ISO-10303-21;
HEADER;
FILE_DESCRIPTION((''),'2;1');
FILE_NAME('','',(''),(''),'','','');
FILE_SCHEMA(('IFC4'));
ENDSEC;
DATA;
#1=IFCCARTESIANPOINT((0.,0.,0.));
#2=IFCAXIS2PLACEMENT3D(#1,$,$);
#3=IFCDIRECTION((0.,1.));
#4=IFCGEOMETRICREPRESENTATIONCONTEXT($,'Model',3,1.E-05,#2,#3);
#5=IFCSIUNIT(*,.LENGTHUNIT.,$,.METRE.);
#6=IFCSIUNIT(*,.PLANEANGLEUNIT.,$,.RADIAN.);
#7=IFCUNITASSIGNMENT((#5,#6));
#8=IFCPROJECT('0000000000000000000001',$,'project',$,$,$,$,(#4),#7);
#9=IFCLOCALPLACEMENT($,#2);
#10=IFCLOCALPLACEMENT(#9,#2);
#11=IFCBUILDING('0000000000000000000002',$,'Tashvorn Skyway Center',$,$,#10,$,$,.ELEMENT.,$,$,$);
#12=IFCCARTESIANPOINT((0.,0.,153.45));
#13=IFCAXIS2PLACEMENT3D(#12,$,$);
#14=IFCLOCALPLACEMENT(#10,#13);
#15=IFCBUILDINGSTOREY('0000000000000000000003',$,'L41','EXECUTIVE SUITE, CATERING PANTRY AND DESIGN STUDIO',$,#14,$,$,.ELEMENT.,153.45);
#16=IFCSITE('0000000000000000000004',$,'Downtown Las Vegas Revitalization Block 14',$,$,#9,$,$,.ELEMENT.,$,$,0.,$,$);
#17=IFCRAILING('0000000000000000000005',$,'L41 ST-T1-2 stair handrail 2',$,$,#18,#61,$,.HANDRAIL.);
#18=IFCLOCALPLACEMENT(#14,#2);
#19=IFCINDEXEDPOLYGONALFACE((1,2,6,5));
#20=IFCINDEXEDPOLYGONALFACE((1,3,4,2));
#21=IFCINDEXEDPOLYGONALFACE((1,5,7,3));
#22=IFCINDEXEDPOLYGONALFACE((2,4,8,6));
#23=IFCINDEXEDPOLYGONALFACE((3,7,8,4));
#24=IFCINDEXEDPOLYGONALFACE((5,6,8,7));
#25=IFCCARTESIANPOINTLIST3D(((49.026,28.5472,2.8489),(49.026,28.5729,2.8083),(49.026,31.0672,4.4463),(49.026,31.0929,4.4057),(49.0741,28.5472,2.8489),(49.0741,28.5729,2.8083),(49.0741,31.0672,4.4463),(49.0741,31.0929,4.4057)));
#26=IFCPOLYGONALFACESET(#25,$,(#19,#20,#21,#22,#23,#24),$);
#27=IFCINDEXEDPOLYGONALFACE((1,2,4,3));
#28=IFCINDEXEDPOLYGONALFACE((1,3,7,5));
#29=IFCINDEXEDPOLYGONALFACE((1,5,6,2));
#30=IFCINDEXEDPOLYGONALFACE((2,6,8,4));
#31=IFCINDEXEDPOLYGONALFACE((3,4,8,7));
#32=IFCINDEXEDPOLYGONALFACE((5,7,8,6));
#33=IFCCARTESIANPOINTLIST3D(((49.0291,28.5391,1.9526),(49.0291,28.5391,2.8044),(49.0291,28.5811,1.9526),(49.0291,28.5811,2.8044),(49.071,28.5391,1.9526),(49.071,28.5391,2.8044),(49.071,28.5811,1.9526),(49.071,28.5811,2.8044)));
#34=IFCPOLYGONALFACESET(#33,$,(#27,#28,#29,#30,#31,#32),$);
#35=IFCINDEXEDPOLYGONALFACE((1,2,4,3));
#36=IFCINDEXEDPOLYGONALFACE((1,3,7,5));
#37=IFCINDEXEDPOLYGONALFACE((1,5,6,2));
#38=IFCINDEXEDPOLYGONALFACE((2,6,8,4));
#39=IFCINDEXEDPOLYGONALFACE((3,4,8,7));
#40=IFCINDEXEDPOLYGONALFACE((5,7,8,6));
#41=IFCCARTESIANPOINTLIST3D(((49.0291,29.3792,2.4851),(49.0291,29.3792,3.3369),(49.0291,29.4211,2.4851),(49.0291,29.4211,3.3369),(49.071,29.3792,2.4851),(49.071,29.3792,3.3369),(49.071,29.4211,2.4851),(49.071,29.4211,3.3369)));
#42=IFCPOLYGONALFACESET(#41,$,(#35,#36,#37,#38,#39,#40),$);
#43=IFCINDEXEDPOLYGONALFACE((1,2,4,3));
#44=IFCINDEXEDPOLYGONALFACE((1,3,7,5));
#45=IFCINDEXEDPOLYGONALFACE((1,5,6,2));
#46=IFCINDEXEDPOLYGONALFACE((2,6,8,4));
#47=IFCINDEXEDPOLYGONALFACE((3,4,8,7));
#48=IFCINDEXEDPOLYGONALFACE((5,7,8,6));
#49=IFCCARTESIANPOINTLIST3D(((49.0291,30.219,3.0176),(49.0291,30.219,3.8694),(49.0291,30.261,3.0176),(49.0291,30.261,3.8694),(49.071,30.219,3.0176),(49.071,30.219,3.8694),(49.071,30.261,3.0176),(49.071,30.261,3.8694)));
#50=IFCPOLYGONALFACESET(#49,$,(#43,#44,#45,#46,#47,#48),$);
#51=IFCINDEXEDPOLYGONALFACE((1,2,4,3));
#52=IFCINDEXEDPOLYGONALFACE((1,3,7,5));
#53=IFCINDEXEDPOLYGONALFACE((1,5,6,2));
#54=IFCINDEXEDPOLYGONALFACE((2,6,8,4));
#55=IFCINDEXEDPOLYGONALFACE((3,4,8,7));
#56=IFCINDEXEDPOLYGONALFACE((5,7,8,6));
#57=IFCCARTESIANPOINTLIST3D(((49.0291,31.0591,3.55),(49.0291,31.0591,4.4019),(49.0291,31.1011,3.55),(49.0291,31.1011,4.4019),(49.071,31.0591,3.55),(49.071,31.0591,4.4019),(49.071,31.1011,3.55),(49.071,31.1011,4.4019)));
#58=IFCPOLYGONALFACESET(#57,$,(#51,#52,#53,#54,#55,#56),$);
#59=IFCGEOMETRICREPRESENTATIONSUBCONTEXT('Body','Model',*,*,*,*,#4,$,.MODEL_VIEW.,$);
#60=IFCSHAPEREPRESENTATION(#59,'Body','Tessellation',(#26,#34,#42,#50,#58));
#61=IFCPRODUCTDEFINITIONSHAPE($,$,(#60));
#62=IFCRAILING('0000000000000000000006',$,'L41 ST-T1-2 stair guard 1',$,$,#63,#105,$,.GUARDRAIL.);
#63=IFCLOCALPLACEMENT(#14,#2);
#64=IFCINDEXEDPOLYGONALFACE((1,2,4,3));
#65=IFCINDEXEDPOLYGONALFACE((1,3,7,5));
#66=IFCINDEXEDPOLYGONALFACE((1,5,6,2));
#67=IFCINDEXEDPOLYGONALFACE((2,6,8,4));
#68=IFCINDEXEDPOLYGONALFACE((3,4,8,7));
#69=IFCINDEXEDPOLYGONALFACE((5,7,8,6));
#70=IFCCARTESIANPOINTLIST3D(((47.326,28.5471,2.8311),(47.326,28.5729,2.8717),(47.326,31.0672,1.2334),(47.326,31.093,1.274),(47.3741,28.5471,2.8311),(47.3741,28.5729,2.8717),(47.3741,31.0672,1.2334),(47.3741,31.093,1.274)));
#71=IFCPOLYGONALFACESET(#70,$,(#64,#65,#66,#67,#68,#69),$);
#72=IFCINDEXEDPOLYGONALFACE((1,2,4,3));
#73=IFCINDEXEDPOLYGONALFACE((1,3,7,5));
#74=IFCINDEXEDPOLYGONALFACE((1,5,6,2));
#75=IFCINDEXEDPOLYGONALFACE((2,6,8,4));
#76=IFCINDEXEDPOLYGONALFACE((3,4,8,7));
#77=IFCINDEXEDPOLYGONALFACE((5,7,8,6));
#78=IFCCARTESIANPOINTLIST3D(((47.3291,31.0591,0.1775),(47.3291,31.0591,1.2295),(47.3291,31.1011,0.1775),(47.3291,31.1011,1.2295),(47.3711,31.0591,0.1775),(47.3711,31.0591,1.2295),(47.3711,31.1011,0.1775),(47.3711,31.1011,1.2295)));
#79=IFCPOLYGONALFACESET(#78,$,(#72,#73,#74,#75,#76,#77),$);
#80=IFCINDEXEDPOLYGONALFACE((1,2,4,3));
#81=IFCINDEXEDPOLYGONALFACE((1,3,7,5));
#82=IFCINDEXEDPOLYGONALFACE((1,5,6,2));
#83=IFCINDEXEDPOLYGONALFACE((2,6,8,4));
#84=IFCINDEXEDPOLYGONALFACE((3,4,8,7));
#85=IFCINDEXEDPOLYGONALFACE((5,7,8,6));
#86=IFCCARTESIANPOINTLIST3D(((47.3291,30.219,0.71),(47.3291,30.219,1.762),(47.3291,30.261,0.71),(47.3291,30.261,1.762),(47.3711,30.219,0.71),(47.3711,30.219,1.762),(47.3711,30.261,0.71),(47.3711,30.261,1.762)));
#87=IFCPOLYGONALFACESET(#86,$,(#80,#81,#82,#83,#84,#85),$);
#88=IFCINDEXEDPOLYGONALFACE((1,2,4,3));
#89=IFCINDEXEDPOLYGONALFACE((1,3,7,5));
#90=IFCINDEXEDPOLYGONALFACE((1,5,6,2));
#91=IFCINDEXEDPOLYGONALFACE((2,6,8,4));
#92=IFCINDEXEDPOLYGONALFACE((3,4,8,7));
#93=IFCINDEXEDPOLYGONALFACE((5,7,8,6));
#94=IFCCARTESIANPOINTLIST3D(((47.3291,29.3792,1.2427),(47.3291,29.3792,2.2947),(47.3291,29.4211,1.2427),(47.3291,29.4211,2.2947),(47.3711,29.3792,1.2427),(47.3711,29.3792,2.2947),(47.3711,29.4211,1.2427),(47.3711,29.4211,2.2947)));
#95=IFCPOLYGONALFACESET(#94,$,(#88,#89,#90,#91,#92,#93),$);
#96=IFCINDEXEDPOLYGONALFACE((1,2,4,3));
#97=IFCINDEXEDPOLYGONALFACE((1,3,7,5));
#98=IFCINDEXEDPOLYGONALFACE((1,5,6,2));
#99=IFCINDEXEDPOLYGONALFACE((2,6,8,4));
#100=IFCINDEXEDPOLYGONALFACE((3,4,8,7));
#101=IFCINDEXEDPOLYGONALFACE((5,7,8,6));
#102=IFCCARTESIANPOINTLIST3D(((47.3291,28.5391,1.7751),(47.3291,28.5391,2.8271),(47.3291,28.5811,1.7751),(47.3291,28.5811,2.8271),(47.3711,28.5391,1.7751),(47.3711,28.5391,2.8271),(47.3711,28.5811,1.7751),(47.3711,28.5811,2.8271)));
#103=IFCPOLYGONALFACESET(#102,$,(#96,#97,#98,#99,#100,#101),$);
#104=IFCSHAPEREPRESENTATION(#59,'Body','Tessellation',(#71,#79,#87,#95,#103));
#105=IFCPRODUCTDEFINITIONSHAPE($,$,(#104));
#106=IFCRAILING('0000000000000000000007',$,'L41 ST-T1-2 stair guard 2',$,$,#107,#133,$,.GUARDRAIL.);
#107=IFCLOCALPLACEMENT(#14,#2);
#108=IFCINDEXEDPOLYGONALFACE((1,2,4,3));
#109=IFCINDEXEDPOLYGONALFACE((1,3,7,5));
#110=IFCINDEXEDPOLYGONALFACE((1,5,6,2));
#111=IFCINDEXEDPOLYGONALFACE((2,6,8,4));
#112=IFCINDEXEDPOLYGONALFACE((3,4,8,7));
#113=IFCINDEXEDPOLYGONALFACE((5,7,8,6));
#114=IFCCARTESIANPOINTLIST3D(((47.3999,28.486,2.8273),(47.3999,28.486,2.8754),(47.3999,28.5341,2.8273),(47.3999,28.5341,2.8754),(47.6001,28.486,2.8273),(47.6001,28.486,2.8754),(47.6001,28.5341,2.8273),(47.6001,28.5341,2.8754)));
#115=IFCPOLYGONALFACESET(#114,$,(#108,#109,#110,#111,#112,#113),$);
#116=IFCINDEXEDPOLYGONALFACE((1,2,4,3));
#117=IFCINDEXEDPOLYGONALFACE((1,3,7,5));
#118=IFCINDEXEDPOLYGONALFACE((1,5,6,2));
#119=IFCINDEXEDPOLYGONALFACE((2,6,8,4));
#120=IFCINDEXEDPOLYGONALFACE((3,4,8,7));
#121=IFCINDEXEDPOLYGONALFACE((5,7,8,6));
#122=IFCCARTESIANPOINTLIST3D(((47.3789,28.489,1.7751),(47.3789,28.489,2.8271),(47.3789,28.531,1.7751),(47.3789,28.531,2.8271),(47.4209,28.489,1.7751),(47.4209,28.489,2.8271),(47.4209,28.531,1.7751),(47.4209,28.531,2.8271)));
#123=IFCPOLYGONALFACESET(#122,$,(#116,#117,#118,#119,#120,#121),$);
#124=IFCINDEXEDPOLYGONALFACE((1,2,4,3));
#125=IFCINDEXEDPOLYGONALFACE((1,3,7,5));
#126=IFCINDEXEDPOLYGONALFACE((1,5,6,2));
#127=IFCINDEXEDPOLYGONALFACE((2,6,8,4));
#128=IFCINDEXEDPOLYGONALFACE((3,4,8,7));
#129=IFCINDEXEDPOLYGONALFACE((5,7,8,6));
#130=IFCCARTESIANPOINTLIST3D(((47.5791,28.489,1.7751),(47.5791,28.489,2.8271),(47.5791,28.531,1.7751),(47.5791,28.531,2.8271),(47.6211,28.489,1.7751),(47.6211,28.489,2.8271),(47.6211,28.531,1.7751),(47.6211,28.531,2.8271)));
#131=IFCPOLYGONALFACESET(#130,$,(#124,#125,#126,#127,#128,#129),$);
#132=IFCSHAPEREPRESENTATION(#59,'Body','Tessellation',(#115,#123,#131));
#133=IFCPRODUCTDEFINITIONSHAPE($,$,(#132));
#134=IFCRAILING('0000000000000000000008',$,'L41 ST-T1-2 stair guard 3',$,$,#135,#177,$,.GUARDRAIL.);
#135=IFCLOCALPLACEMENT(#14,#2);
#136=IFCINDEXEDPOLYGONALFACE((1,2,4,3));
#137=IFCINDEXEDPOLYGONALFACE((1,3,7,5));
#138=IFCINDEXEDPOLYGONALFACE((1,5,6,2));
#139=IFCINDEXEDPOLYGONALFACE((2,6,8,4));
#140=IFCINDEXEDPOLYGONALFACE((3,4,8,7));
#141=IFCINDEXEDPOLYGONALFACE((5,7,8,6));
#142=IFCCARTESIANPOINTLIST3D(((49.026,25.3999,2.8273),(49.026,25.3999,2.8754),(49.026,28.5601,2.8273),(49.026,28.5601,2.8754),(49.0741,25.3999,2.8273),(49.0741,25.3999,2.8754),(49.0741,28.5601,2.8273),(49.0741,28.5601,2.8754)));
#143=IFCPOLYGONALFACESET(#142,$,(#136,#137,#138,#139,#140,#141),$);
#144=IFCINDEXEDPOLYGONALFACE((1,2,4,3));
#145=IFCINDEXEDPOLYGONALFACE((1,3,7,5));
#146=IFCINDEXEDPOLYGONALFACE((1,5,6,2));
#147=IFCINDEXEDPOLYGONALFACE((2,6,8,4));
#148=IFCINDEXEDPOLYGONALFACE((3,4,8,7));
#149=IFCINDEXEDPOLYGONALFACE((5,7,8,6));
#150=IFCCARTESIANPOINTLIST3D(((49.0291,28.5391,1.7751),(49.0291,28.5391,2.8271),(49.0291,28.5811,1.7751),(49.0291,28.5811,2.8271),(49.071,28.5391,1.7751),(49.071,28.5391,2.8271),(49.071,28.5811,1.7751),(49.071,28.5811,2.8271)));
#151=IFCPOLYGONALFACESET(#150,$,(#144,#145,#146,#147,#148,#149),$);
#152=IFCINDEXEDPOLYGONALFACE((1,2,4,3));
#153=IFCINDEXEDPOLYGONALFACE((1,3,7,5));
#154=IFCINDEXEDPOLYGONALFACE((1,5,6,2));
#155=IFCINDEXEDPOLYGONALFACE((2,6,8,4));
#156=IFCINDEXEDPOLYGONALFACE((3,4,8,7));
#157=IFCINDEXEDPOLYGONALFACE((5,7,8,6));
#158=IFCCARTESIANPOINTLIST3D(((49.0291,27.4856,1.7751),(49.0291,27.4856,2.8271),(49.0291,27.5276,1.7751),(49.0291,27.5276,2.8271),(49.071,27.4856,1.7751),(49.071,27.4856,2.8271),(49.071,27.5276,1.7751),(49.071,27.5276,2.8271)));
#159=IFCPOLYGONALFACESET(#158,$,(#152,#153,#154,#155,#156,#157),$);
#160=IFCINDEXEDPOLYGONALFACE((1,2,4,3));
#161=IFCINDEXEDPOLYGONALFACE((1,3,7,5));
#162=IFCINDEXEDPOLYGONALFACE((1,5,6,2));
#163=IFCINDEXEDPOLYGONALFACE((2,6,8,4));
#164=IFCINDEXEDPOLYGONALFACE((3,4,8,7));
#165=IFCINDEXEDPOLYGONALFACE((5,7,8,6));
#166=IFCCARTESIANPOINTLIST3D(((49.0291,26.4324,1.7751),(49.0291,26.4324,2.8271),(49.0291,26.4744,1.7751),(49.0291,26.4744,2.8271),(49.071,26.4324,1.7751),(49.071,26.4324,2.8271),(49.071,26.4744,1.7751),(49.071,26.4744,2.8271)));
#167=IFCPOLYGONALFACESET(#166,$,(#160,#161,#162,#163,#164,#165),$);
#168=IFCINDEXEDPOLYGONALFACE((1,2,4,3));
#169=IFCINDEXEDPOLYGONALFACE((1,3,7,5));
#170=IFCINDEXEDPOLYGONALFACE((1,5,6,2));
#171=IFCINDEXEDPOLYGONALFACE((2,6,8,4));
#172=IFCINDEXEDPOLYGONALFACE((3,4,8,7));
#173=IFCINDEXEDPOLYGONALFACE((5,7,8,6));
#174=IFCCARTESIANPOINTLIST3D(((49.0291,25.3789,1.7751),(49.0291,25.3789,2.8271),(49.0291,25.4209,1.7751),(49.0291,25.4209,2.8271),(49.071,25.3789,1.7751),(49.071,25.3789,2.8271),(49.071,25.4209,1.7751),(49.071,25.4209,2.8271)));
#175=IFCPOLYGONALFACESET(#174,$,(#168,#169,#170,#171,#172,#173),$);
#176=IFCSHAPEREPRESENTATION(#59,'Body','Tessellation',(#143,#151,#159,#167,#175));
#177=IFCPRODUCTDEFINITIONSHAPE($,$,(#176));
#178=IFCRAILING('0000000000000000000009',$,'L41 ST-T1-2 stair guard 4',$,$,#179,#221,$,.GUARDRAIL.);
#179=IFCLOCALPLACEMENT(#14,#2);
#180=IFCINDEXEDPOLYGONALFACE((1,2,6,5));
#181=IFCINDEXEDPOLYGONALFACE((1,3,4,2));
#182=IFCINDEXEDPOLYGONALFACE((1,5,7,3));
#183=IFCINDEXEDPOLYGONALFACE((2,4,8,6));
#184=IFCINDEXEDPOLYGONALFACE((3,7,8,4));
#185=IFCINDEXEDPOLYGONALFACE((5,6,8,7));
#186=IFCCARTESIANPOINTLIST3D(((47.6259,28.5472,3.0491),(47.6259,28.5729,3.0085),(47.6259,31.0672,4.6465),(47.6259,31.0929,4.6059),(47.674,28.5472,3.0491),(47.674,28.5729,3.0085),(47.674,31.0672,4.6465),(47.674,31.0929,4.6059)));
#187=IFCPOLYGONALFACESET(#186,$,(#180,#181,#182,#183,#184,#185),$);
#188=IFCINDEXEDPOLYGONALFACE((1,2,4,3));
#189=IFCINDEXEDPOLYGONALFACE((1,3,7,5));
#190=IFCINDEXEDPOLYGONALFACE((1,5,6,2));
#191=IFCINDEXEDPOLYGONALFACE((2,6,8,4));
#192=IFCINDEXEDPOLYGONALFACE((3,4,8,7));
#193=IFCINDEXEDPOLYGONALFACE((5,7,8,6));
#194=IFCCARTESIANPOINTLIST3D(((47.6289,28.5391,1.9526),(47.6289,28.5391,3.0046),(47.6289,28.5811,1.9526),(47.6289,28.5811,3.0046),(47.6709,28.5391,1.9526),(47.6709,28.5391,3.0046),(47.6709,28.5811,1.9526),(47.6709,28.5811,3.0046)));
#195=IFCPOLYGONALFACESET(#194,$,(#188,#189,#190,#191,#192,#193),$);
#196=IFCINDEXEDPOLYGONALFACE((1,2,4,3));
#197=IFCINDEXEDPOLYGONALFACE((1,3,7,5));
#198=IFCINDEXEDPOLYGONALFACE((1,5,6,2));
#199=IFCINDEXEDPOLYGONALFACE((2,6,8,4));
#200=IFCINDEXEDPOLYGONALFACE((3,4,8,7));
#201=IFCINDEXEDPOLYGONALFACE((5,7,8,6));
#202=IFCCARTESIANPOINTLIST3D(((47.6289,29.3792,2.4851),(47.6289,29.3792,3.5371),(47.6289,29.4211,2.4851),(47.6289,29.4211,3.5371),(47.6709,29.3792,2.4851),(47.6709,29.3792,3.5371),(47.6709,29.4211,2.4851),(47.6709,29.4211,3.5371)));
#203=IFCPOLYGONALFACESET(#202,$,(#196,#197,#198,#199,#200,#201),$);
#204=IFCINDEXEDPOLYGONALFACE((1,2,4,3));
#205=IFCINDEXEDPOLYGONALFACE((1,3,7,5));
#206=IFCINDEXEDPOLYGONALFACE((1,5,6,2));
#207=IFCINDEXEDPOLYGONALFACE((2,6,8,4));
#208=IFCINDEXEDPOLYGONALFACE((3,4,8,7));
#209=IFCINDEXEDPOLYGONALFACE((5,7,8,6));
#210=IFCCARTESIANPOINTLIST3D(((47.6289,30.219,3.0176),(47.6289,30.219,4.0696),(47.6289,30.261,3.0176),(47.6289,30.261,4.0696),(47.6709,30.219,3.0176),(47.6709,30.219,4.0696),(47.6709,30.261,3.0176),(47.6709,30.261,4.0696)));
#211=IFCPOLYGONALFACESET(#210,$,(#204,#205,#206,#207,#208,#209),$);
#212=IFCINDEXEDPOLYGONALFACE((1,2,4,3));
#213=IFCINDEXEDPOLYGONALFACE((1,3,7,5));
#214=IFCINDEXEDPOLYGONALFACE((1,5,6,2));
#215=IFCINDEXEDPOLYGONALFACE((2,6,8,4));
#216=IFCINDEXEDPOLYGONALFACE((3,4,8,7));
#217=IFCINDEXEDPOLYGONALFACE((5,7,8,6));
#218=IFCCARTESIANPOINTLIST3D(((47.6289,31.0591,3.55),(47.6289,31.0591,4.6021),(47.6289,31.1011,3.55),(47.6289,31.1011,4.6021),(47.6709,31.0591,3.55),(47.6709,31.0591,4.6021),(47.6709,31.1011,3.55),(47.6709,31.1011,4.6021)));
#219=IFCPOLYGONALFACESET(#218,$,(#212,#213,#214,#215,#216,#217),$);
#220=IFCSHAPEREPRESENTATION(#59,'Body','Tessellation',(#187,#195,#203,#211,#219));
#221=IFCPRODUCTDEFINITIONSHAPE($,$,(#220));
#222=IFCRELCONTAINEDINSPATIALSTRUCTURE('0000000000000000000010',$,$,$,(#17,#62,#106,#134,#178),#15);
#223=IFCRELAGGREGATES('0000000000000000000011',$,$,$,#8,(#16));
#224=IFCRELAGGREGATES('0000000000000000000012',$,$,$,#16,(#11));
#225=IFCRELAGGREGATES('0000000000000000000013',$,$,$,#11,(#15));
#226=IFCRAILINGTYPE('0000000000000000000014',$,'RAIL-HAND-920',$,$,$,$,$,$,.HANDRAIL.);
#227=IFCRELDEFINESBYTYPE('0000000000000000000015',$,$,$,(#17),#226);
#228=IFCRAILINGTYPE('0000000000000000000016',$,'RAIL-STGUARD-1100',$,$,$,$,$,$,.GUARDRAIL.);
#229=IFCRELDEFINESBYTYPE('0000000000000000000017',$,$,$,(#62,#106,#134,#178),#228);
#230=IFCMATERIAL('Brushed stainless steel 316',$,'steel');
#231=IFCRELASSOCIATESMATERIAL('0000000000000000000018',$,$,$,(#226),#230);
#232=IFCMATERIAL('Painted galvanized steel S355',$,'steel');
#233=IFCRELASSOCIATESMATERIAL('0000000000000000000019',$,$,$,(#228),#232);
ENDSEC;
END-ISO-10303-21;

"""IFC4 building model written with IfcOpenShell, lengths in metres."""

from ifc_helpers import new_model, si_unit, direction, frame, origin, origin_2d, place, context, subcontext, project, spatial, rectangle, extrude, material, type_object, element, save


model = new_model("IFC4")

# Units and contexts
model_context = context("Model", 3, precision=1e-05, world=origin(), true_north=direction((0.0, 1.0)))
body_context = subcontext(model_context, "Body", "Model", "MODEL_VIEW")
ifc_project = project(units=[si_unit("LENGTHUNIT", "METRE"), si_unit("PLANEANGLEUNIT", "RADIAN")], contexts=[model_context])

# Site, building, storey
site_placement = place(None, origin())
site = spatial("IfcSite", under=ifc_project, at=site_placement, Name="Downtown Las Vegas Revitalization Block 14", CompositionType="ELEMENT", RefElevation=0.0)
building_placement = place(site_placement, origin())
building = spatial("IfcBuilding", under=site, at=building_placement, Name="Tashvorn Skyway Center", CompositionType="ELEMENT")
storey_placement = place(building_placement, frame((0.0, 0.0, 153.45)))
storey = spatial("IfcBuildingStorey", under=building, at=storey_placement, Name="L41", Description="EXECUTIVE SUITE, CATERING PANTRY AND DESIGN STUDIO", CompositionType="ELEMENT", Elevation=153.45)

# Railings
ifc_material_1 = material(Name="Brushed stainless steel 316", Category="steel")
railing_type_1 = type_object("IfcRailingType", Name="RAIL-HAND-920", PredefinedType="HANDRAIL", material=ifc_material_1)
railing_1_placement = place(storey_placement, frame((49.05, 28.5601, 1.9526)))
element("IfcRailing", 1, at=railing_1_placement, inside=storey, type_object=railing_type_1, Name="L41 ST-T1-2 stair handrail 2", PredefinedType="HANDRAIL", context=body_context, shape_type="SweptSolid", body=[
    extrude(rectangle(XDim=0.0481, YDim=0.0481, at=origin_2d()), frame((0.0, 0.0, 0.876), z_axis=(0.0, 0.844607, 0.535387), x_axis=(-1.0, 0.0, 0.0)), (0.0, 0.0, 1.0), 2.9836),
    extrude(rectangle(XDim=0.042, YDim=0.042, at=origin_2d()), origin(), (0.0, 0.0, 1.0), 0.8518),
    extrude(rectangle(XDim=0.042, YDim=0.042, at=origin_2d()), frame((0.0, 0.8401, 0.5325)), (0.0, 0.0, 1.0), 0.8518),
    extrude(rectangle(XDim=0.042, YDim=0.042, at=origin_2d()), frame((0.0, 1.6799, 1.0649)), (0.0, 0.0, 1.0), 0.8518),
    extrude(rectangle(XDim=0.042, YDim=0.042, at=origin_2d()), frame((0.0, 2.52, 1.5974)), (0.0, 0.0, 1.0), 0.8518),
])
ifc_material_2 = material(Name="Painted galvanized steel S355", Category="steel")
railing_type_2 = type_object("IfcRailingType", Name="RAIL-STGUARD-1100", PredefinedType="GUARDRAIL", material=ifc_material_2)
railing_2_placement = place(storey_placement, frame((47.3501, 31.0801, 0.1775)))
element("IfcRailing", 2, at=railing_2_placement, inside=storey, type_object=railing_type_2, Name="L41 ST-T1-2 stair guard 1", PredefinedType="GUARDRAIL", context=body_context, shape_type="SweptSolid", body=[
    extrude(rectangle(XDim=0.0481, YDim=0.0481, at=origin_2d()), frame((0.0, 0.0, 1.0762), z_axis=(0.0, -0.84457, 0.535445), x_axis=(1.0, 0.0, 0.0)), (0.0, 0.0, 1.0), 2.9839),
    extrude(rectangle(XDim=0.042, YDim=0.042, at=origin_2d()), origin(), (0.0, 0.0, 1.0), 1.052),
    extrude(rectangle(XDim=0.042, YDim=0.042, at=origin_2d()), frame((0.0, -0.8401, 0.5325)), (0.0, 0.0, 1.0), 1.052),
    extrude(rectangle(XDim=0.042, YDim=0.042, at=origin_2d()), frame((0.0, -1.6799, 1.0652)), (0.0, 0.0, 1.0), 1.052),
    extrude(rectangle(XDim=0.042, YDim=0.042, at=origin_2d()), frame((0.0, -2.52, 1.5977)), (0.0, 0.0, 1.0), 1.052),
])
railing_3_placement = place(storey_placement, frame((47.3999, 28.51, 1.7751)))
element("IfcRailing", 3, at=railing_3_placement, inside=storey, type_object=railing_type_2, Name="L41 ST-T1-2 stair guard 2", PredefinedType="GUARDRAIL", context=body_context, shape_type="SweptSolid", body=[
    extrude(rectangle(XDim=0.0481, YDim=0.0481, at=origin_2d()), frame((0.0, 0.0, 1.0762), z_axis=(1.0, 0.0, 0.0), x_axis=(0.0, 1.0, 0.0)), (0.0, 0.0, 1.0), 0.2002),
    extrude(rectangle(XDim=0.042, YDim=0.042, at=origin_2d()), origin(), (0.0, 0.0, 1.0), 1.052),
    extrude(rectangle(XDim=0.042, YDim=0.042, at=origin_2d()), frame((0.2002, 0.0, 0.0)), (0.0, 0.0, 1.0), 1.052),
])
railing_4_placement = place(storey_placement, frame((49.05, 28.5601, 1.7751)))
element("IfcRailing", 4, at=railing_4_placement, inside=storey, type_object=railing_type_2, Name="L41 ST-T1-2 stair guard 3", PredefinedType="GUARDRAIL", context=body_context, shape_type="SweptSolid", body=[
    extrude(rectangle(XDim=0.0481, YDim=0.0481, at=origin_2d()), frame((0.0, 0.0, 1.0762), z_axis=(0.0, -1.0, 0.0), x_axis=(1.0, 0.0, 0.0)), (0.0, 0.0, 1.0), 3.1602),
    extrude(rectangle(XDim=0.042, YDim=0.042, at=origin_2d()), origin(), (0.0, 0.0, 1.0), 1.052),
    extrude(rectangle(XDim=0.042, YDim=0.042, at=origin_2d()), frame((0.0, -1.0535, 0.0)), (0.0, 0.0, 1.0), 1.052),
    extrude(rectangle(XDim=0.042, YDim=0.042, at=origin_2d()), frame((0.0, -2.1067, 0.0)), (0.0, 0.0, 1.0), 1.052),
    extrude(rectangle(XDim=0.042, YDim=0.042, at=origin_2d()), frame((0.0, -3.1602, 0.0)), (0.0, 0.0, 1.0), 1.052),
])
railing_5_placement = place(storey_placement, frame((47.6499, 28.5601, 1.9526)))
element("IfcRailing", 5, at=railing_5_placement, inside=storey, type_object=railing_type_2, Name="L41 ST-T1-2 stair guard 4", PredefinedType="GUARDRAIL", context=body_context, shape_type="SweptSolid", body=[
    extrude(rectangle(XDim=0.0481, YDim=0.0481, at=origin_2d()), frame((0.0, 0.0, 1.0762), z_axis=(0.0, 0.844607, 0.535387), x_axis=(-1.0, 0.0, 0.0)), (0.0, 0.0, 1.0), 2.9836),
    extrude(rectangle(XDim=0.042, YDim=0.042, at=origin_2d()), origin(), (0.0, 0.0, 1.0), 1.052),
    extrude(rectangle(XDim=0.042, YDim=0.042, at=origin_2d()), frame((0.0, 0.8401, 0.5325)), (0.0, 0.0, 1.0), 1.052),
    extrude(rectangle(XDim=0.042, YDim=0.042, at=origin_2d()), frame((0.0, 1.6799, 1.0649)), (0.0, 0.0, 1.0), 1.052),
    extrude(rectangle(XDim=0.042, YDim=0.042, at=origin_2d()), frame((0.0, 2.52, 1.5974)), (0.0, 0.0, 1.0), 1.052),
])

save(model, "model.ifc")
